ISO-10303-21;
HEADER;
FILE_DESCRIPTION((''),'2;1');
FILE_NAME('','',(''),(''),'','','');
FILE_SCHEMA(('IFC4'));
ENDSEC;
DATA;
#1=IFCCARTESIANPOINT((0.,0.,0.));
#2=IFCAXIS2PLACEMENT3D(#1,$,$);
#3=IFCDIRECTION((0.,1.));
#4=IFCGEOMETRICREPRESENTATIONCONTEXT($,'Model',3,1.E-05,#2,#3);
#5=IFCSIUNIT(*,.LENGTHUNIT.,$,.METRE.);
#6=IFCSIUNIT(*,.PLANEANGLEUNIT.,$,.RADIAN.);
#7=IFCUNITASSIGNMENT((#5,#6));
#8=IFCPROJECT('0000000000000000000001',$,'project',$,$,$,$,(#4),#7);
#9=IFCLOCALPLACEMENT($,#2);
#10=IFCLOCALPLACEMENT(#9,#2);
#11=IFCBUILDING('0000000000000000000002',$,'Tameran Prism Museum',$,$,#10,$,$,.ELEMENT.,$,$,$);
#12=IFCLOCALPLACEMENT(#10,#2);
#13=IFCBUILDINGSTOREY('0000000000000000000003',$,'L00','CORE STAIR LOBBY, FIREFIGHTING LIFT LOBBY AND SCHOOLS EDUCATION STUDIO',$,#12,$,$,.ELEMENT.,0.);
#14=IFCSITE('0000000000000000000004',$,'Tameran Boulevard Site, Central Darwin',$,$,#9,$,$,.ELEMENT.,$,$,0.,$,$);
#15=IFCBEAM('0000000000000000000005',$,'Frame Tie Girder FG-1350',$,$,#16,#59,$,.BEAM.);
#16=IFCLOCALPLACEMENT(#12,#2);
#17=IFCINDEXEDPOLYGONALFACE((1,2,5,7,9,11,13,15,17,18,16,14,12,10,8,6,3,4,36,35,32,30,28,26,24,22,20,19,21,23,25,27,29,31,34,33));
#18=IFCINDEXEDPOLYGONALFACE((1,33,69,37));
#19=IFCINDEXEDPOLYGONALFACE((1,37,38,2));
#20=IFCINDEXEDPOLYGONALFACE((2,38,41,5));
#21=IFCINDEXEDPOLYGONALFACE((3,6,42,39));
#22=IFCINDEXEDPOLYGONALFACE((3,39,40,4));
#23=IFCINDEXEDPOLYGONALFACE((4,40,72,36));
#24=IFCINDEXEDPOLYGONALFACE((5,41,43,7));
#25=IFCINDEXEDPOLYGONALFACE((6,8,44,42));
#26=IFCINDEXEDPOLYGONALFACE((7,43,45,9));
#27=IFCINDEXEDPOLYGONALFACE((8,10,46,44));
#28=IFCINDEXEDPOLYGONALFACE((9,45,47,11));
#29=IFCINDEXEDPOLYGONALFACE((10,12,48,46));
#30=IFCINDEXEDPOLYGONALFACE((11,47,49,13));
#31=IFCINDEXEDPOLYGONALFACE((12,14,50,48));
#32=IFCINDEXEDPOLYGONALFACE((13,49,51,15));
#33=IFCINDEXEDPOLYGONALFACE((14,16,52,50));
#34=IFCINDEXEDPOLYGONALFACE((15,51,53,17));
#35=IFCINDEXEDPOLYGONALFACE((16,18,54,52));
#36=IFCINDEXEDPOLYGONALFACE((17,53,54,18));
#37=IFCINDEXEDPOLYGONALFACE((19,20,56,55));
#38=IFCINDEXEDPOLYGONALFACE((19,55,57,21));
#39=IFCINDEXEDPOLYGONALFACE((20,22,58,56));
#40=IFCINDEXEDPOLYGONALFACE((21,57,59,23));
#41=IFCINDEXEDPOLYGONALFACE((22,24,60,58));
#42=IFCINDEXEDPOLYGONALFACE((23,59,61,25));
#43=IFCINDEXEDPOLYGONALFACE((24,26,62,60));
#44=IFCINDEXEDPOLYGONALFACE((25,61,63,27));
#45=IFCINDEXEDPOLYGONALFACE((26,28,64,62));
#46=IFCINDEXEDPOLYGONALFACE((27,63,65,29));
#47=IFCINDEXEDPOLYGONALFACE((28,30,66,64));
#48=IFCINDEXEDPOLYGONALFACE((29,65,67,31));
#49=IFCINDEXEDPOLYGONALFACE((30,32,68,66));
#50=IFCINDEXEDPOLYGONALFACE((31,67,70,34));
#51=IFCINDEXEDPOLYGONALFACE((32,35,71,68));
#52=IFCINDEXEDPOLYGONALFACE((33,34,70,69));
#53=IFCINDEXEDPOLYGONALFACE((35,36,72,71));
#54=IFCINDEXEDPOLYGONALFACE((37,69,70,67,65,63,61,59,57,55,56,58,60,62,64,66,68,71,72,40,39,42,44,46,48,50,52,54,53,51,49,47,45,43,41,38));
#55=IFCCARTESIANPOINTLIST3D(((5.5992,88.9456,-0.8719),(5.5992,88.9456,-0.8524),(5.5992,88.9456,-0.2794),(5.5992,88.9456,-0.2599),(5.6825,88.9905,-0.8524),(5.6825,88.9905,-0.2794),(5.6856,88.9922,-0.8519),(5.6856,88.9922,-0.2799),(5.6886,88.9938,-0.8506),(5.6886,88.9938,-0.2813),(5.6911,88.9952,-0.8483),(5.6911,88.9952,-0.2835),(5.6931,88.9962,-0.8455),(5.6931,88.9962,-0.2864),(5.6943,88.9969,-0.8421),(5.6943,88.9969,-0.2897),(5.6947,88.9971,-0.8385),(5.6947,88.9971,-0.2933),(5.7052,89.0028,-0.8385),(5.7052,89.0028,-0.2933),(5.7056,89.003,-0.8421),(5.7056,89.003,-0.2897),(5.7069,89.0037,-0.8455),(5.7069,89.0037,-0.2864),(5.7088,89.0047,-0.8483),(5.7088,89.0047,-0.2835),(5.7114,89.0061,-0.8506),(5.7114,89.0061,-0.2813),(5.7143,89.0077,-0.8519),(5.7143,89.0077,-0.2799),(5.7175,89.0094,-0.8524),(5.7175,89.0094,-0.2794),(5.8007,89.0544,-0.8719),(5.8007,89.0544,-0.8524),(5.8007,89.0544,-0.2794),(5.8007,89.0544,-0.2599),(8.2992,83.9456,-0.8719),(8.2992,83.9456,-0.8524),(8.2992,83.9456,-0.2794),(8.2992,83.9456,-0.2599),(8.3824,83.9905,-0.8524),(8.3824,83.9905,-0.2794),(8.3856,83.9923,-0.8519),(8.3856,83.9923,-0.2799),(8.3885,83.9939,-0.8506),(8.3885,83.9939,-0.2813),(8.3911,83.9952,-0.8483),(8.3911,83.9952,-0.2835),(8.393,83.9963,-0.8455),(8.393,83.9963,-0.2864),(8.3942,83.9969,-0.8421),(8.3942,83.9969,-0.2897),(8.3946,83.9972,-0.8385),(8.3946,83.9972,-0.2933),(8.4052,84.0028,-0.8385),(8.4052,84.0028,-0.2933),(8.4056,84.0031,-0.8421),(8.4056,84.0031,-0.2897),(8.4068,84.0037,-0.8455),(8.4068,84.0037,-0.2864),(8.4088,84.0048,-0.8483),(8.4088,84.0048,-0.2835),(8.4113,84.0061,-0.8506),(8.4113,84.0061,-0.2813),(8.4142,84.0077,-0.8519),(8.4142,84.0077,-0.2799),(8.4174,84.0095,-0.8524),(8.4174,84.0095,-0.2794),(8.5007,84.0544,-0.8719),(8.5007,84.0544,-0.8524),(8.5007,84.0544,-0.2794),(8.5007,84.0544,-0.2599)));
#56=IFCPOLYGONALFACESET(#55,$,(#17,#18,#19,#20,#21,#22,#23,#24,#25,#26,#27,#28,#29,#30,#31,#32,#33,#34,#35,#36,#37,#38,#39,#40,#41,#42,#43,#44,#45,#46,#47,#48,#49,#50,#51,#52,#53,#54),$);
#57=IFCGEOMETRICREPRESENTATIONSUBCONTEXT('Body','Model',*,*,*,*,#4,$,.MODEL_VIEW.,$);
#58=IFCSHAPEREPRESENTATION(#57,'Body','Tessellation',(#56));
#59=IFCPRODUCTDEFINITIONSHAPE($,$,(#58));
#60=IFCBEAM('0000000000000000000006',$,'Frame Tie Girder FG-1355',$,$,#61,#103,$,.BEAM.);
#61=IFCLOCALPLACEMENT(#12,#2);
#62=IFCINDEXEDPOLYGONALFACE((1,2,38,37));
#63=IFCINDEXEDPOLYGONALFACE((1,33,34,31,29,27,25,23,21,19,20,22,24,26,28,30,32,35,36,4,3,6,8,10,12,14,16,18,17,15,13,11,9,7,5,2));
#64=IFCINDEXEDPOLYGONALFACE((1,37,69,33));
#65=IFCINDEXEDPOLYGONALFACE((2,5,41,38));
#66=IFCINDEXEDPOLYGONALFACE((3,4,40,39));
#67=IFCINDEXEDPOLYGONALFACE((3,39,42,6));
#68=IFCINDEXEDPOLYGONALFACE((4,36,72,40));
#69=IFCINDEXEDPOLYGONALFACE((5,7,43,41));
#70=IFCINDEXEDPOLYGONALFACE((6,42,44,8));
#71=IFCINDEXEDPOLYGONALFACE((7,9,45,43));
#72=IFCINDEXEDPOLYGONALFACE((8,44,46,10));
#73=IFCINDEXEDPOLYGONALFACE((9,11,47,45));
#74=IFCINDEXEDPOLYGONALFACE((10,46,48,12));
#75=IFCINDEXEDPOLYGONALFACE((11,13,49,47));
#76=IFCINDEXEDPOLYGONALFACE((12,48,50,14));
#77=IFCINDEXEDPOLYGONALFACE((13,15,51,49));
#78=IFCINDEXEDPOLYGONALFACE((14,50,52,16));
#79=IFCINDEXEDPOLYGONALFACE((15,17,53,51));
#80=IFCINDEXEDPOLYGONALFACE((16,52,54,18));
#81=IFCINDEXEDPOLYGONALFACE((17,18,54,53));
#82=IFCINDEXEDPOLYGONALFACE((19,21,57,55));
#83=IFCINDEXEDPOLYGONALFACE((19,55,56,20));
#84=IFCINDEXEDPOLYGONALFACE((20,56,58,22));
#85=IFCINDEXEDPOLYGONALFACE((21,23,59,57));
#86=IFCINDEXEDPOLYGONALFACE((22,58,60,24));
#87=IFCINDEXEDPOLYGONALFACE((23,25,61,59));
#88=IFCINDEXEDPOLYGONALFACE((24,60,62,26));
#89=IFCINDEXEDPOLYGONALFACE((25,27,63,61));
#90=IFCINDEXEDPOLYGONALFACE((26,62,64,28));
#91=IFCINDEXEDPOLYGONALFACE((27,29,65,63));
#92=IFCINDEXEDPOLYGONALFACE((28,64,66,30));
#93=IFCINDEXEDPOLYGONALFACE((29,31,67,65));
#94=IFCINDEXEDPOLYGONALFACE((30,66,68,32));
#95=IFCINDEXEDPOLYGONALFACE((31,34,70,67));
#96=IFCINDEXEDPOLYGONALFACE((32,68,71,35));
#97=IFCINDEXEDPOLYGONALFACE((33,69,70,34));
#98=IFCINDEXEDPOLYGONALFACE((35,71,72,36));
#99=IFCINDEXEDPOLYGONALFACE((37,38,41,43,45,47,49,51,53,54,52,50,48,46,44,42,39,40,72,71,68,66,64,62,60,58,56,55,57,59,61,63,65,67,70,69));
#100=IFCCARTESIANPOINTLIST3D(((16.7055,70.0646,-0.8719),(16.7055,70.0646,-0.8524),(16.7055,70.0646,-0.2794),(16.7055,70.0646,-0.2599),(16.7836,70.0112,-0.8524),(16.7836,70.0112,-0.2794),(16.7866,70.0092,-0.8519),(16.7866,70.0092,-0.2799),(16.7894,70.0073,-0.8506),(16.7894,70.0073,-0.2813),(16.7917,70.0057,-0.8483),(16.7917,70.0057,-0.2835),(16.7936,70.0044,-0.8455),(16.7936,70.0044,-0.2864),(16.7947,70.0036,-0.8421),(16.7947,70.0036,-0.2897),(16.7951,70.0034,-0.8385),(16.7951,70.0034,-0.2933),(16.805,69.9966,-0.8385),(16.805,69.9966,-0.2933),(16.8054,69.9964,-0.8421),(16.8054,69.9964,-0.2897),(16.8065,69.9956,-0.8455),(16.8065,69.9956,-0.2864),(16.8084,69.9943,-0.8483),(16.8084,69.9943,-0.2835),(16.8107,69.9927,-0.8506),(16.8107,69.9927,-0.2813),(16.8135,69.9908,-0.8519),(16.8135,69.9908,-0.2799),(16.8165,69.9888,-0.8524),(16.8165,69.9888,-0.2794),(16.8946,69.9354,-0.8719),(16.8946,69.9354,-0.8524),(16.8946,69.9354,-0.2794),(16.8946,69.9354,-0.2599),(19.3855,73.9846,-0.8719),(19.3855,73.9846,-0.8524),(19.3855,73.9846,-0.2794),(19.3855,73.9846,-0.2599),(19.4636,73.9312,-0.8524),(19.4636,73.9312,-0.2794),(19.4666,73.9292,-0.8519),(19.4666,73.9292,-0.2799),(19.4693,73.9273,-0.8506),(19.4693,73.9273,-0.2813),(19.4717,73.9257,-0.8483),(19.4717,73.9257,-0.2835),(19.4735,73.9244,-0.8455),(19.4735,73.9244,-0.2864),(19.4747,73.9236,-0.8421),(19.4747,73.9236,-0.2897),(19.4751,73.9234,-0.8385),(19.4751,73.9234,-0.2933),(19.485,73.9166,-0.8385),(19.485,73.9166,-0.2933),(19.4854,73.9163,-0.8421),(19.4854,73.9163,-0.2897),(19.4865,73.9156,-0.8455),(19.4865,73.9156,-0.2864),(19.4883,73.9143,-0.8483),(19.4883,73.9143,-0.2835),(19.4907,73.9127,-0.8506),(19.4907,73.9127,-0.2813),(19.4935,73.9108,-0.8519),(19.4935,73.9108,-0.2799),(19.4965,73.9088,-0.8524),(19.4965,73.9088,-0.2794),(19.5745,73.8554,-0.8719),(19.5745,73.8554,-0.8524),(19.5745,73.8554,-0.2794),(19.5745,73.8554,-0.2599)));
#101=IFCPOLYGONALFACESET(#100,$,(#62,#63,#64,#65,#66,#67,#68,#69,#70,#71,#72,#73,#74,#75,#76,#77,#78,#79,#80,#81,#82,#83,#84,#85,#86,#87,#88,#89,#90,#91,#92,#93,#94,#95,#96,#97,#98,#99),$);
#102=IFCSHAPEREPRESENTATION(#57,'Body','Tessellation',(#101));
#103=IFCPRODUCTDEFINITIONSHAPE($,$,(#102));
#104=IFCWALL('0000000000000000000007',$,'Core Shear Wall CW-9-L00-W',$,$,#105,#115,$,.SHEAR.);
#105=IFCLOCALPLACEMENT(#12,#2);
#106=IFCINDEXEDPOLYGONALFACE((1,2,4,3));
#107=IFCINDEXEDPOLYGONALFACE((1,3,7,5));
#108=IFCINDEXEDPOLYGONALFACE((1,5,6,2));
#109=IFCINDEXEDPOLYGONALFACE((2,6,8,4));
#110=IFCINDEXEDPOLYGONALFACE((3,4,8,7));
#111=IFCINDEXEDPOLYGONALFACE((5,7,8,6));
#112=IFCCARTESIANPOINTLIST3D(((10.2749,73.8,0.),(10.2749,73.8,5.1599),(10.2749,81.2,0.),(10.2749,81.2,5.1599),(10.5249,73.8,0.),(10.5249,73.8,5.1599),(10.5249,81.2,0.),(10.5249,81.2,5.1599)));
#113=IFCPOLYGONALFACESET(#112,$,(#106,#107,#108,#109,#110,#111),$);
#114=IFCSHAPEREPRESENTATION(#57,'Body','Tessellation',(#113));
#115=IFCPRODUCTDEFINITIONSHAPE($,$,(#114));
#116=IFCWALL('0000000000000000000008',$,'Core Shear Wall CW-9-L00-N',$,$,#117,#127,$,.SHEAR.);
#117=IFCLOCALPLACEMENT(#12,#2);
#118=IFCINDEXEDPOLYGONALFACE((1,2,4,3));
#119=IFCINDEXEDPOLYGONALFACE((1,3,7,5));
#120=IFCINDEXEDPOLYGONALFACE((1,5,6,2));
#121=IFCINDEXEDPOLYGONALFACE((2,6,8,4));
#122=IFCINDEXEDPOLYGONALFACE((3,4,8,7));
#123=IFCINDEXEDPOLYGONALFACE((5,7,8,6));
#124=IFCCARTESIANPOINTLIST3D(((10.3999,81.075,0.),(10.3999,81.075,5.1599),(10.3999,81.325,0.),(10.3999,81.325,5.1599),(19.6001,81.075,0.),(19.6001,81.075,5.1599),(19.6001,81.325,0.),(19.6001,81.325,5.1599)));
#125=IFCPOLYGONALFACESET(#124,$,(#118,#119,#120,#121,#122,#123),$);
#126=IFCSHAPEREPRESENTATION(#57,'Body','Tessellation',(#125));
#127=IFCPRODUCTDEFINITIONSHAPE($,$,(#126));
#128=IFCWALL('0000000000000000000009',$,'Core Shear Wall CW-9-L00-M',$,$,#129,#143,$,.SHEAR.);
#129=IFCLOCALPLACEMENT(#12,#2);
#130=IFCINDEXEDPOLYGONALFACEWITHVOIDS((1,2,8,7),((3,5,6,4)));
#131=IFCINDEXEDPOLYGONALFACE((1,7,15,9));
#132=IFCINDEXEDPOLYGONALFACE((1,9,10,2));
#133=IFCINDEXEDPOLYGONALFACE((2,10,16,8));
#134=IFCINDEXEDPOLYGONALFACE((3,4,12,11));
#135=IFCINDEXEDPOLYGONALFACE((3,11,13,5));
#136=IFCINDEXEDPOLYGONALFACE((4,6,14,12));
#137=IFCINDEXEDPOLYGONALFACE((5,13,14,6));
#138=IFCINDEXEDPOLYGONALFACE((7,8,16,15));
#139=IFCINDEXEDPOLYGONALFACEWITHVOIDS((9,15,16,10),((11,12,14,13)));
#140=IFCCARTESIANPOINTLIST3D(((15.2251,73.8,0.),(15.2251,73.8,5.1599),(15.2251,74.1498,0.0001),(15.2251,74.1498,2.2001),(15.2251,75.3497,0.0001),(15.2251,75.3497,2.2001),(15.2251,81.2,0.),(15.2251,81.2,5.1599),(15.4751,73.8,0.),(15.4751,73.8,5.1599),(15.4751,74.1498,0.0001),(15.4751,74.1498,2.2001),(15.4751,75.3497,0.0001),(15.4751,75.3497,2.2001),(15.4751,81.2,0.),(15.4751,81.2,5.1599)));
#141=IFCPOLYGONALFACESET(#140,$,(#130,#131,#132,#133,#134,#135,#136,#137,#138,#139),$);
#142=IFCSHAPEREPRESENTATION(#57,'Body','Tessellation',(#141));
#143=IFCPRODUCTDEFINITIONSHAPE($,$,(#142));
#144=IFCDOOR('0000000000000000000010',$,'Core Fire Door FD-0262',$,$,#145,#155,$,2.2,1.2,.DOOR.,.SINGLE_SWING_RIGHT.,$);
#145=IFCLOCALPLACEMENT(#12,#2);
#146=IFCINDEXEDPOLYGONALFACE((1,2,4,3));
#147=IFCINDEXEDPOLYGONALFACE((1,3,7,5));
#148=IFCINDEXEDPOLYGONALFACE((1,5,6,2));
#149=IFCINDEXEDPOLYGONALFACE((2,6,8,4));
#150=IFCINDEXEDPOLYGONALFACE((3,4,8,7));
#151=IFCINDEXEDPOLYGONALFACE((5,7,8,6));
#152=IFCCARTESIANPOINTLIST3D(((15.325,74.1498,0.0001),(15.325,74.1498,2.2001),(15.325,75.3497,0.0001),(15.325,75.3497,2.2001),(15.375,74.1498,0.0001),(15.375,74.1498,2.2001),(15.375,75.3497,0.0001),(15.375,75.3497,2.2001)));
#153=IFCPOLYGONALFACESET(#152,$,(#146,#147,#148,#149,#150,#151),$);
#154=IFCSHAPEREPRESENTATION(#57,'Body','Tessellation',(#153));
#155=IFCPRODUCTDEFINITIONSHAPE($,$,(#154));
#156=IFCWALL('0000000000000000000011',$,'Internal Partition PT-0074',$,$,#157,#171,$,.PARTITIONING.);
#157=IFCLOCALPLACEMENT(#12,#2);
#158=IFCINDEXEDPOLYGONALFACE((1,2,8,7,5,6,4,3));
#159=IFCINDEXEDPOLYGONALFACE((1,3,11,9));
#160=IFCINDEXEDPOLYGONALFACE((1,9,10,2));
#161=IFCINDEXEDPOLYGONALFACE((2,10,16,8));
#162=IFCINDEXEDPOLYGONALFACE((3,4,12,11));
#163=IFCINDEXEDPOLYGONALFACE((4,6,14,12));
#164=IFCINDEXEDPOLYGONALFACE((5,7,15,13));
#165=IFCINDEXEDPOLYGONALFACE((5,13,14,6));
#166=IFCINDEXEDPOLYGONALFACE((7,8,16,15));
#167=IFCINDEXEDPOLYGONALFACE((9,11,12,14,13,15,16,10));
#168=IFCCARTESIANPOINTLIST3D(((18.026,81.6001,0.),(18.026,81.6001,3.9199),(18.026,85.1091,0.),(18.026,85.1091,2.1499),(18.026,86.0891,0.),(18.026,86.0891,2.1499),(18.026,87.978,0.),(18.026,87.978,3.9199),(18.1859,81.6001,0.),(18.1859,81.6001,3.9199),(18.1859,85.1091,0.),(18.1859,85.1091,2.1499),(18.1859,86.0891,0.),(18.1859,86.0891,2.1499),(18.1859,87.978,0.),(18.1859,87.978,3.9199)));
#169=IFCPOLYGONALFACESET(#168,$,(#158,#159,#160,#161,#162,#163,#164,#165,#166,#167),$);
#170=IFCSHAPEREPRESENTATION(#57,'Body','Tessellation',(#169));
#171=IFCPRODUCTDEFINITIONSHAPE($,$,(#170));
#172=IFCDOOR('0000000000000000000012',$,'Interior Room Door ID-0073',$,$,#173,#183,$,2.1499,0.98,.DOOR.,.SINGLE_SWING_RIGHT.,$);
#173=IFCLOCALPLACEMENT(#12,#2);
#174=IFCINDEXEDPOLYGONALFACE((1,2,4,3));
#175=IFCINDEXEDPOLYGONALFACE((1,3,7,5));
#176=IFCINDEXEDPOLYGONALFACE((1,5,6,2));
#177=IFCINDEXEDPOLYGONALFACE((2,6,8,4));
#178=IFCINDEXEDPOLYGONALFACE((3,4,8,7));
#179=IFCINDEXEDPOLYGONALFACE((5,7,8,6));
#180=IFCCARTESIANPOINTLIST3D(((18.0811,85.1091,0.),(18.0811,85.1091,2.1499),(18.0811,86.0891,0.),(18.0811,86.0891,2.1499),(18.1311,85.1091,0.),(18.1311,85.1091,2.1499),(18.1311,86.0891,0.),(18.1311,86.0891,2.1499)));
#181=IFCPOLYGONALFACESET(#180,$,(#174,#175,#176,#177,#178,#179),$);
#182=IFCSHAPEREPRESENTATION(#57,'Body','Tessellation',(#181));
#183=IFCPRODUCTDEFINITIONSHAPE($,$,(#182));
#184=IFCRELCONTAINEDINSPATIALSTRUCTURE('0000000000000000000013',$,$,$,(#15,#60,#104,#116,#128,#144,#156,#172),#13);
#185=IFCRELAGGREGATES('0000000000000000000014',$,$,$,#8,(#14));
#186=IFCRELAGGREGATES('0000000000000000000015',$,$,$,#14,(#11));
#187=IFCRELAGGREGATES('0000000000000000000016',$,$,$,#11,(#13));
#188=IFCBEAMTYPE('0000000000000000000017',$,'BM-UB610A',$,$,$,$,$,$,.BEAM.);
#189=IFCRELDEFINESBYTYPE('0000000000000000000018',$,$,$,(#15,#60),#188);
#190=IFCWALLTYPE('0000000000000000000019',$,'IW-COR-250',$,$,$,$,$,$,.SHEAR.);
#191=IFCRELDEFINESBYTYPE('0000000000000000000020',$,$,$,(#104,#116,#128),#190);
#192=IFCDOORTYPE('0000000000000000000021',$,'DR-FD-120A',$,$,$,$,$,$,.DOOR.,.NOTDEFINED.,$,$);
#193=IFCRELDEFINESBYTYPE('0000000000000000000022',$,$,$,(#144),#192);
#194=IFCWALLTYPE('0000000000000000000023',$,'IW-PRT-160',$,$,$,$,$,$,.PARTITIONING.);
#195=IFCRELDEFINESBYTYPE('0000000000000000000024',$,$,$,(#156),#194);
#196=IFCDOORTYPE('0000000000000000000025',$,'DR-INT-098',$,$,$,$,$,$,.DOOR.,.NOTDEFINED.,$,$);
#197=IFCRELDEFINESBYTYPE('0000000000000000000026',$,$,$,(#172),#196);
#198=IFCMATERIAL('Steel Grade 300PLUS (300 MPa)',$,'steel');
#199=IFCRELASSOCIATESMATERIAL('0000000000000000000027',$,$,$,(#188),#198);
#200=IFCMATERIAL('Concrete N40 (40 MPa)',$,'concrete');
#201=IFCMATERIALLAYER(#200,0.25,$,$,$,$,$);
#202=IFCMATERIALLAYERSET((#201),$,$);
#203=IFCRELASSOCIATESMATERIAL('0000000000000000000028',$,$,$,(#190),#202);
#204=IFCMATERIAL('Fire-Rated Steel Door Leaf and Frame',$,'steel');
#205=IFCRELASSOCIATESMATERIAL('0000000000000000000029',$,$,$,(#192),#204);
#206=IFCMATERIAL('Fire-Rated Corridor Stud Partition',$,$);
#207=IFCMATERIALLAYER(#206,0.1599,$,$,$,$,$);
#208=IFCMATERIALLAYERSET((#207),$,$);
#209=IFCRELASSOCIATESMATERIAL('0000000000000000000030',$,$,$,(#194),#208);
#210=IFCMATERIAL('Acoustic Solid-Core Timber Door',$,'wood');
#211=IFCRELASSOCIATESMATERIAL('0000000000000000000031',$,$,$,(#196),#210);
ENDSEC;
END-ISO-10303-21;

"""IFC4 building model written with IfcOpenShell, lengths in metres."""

from ifc_helpers import new_model, si_unit, direction, frame, frame_2d, origin, origin_2d, place, context, subcontext, project, spatial, rectangle, i_section, extrude, material, layer, layer_set, material_profile, profile_set, type_object, element, fill, save


model = new_model("IFC4")

# Units and contexts
model_context = context("Model", 3, precision=1e-05, world=origin(), true_north=direction((0.0, 1.0)))
body_context = subcontext(model_context, "Body", "Model", "MODEL_VIEW")
ifc_project = project(units=[si_unit("LENGTHUNIT", "METRE"), si_unit("PLANEANGLEUNIT", "RADIAN")], contexts=[model_context])

# Site, building, storey
site_placement = place(None, origin())
site = spatial("IfcSite", under=ifc_project, at=site_placement, Name="Tameran Boulevard Site, Central Darwin", CompositionType="ELEMENT", RefElevation=0.0)
building_placement = place(site_placement, origin())
building = spatial("IfcBuilding", under=site, at=building_placement, Name="Tameran Prism Museum", CompositionType="ELEMENT")
storey_placement = place(building_placement, origin())
storey = spatial("IfcBuildingStorey", under=building, at=storey_placement, Name="L00", Description="CORE STAIR LOBBY, FIREFIGHTING LIFT LOBBY AND SCHOOLS EDUCATION STUDIO", CompositionType="ELEMENT", Elevation=0.0)

# Beams
ifc_material_1 = material(Name="Steel Grade 300PLUS (300 MPa)", Category="steel")
ifc_material_profile_1 = material_profile(ifc_material_1, i_section(OverallWidth=0.229, OverallDepth=0.6121, WebThickness=0.012, FlangeThickness=0.0195, FilletRadius=0.0139, at=origin_2d()))
ifc_profile_set_1 = profile_set([ifc_material_profile_1])
beam_type_1 = type_object("IfcBeamType", Name="BM-UB610A", PredefinedType="BEAM", material=ifc_profile_set_1)
beam_1_placement = place(storey_placement, frame((8.3999, 84.0, -0.5659), z_axis=(-0.475142, 0.879909, 0.0), x_axis=(-0.879909, -0.475142, 0.0)))
element("IfcBeam", 1, at=beam_1_placement, inside=storey, type_object=beam_type_1, Name="Frame Tie Girder FG-1350", PredefinedType="BEAM", context=body_context, shape_type="SweptSolid", body=[
    extrude(i_section(OverallWidth=0.229, OverallDepth=0.6121, WebThickness=0.012, FlangeThickness=0.0195, FilletRadius=0.0139, at=origin_2d()), origin(), (0.0, 0.0, 1.0), 5.6824),
])
beam_2_placement = place(storey_placement, frame((16.8, 70.0, -0.5659), z_axis=(0.56438, 0.825515, 0.0), x_axis=(-0.825515, 0.56438, 0.0)))
element("IfcBeam", 2, at=beam_2_placement, inside=storey, type_object=beam_type_1, Name="Frame Tie Girder FG-1355", PredefinedType="BEAM", context=body_context, shape_type="SweptSolid", body=[
    extrude(i_section(OverallWidth=0.229, OverallDepth=0.6121, WebThickness=0.012, FlangeThickness=0.0195, FilletRadius=0.0139, at=origin_2d()), origin(), (0.0, 0.0, 1.0), 4.7485),
])

# Walls
ifc_material_2 = material(Name="Concrete N40 (40 MPa)", Category="concrete")
ifc_layer_1 = layer(ifc_material_2, 0.25)
ifc_layer_set_1 = layer_set([ifc_layer_1])
wall_type_1 = type_object("IfcWallType", Name="IW-COR-250", PredefinedType="SHEAR", material=ifc_layer_set_1)
wall_1_placement = place(storey_placement, frame((10.3999, 73.8, 0.0), z_axis=(0.0, 0.0, 1.0), x_axis=(0.0, 1.0, 0.0)))
element("IfcWall", 3, at=wall_1_placement, inside=storey, type_object=wall_type_1, Name="Core Shear Wall CW-9-L00-W", PredefinedType="SHEAR", context=body_context, shape_type="SweptSolid", body=[
    extrude(rectangle(XDim=7.3999, YDim=0.25, at=frame_2d((3.7, 0.0))), origin(), (0.0, 0.0, 1.0), 5.1599),
])
wall_2_placement = place(storey_placement, frame((10.3999, 81.2, 0.0), z_axis=(0.0, 0.0, 1.0), x_axis=(1.0, 0.0, 0.0)))
element("IfcWall", 4, at=wall_2_placement, inside=storey, type_object=wall_type_1, Name="Core Shear Wall CW-9-L00-N", PredefinedType="SHEAR", context=body_context, shape_type="SweptSolid", body=[
    extrude(rectangle(XDim=9.2002, YDim=0.25, at=frame_2d((4.6001, 0.0))), origin(), (0.0, 0.0, 1.0), 5.1599),
])

# Walls, openings, doors
wall_3_placement = place(storey_placement, frame((15.3501, 81.2, 0.0), z_axis=(0.0, 0.0, 1.0), x_axis=(0.0, -1.0, 0.0)))
wall_3 = element("IfcWall", 5, at=wall_3_placement, inside=storey, type_object=wall_type_1, Name="Core Shear Wall CW-9-L00-M", PredefinedType="SHEAR", context=body_context, shape_type="SweptSolid", body=[
    extrude(rectangle(XDim=7.3999, YDim=0.25, at=frame_2d((3.7, 0.0))), origin(), (0.0, 0.0, 1.0), 5.1599),
])
opening_1_placement = place(wall_3_placement, frame((5.8501, 0.0, 0.0)))
opening_1 = element("IfcOpeningElement", 6, at=opening_1_placement, cuts=wall_3, PredefinedType="OPENING", context=body_context, shape_type="SweptSolid", body=[
    extrude(rectangle(XDim=1.2, YDim=2.2, at=frame_2d((0.6001, 1.1001))), frame((0.0, 0.135, 0.0), z_axis=(0.0, -1.0, 0.0), x_axis=(1.0, 0.0, 0.0)), (0.0, 0.0, 1.0), 0.27),
])
ifc_material_3 = material(Name="Fire-Rated Steel Door Leaf and Frame", Category="steel")
door_type_1 = type_object("IfcDoorType", Name="DR-FD-120A", OperationType="NOTDEFINED", PredefinedType="DOOR", material=ifc_material_3)
door_1_placement = place(opening_1_placement, origin())
door_1 = element("IfcDoor", 7, at=door_1_placement, inside=storey, type_object=door_type_1, Name="Core Fire Door FD-0262", OperationType="SINGLE_SWING_RIGHT", OverallHeight=2.2, OverallWidth=1.2, PredefinedType="DOOR", context=body_context, shape_type="SweptSolid", body=[
    extrude(rectangle(XDim=1.2, YDim=2.2, at=frame_2d((0.6001, 1.1001))), frame((0.0, 0.0249, 0.0), z_axis=(0.0, -1.0, 0.0), x_axis=(1.0, 0.0, 0.0)), (0.0, 0.0, 1.0), 0.05),
])
fill(opening_1, door_1)
ifc_material_4 = material(Name="Fire-Rated Corridor Stud Partition")
ifc_layer_2 = layer(ifc_material_4, 0.1599)
ifc_layer_set_2 = layer_set([ifc_layer_2])
wall_type_2 = type_object("IfcWallType", Name="IW-PRT-160", PredefinedType="PARTITIONING", material=ifc_layer_set_2)
wall_4_placement = place(storey_placement, frame((18.106, 81.6001, 0.0), z_axis=(0.0, 0.0, 1.0), x_axis=(0.0, 1.0, 0.0)))
wall_4 = element("IfcWall", 8, at=wall_4_placement, inside=storey, type_object=wall_type_2, Name="Internal Partition PT-0074", PredefinedType="PARTITIONING", context=body_context, shape_type="SweptSolid", body=[
    extrude(rectangle(XDim=6.3779, YDim=0.1599, at=frame_2d((3.189, 0.0))), origin(), (0.0, 0.0, 1.0), 3.9199),
])
opening_2_placement = place(wall_4_placement, frame((3.509, 0.0, 0.0)))
opening_2 = element("IfcOpeningElement", 9, at=opening_2_placement, cuts=wall_4, PredefinedType="OPENING", context=body_context, shape_type="SweptSolid", body=[
    extrude(rectangle(XDim=0.98, YDim=2.1499, at=frame_2d((0.49, 1.075))), frame((0.0, 0.0898, 0.0), z_axis=(0.0, -1.0, 0.0), x_axis=(1.0, 0.0, 0.0)), (0.0, 0.0, 1.0), 0.1799),
])
ifc_material_5 = material(Name="Acoustic Solid-Core Timber Door", Category="wood")
door_type_2 = type_object("IfcDoorType", Name="DR-INT-098", OperationType="NOTDEFINED", PredefinedType="DOOR", material=ifc_material_5)
door_2_placement = place(opening_2_placement, origin())
door_2 = element("IfcDoor", 10, at=door_2_placement, inside=storey, type_object=door_type_2, Name="Interior Room Door ID-0073", OperationType="SINGLE_SWING_RIGHT", OverallHeight=2.1499, OverallWidth=0.98, PredefinedType="DOOR", context=body_context, shape_type="SweptSolid", body=[
    extrude(rectangle(XDim=0.98, YDim=2.1499, at=frame_2d((0.49, 1.075))), frame((0.0, 0.0249, 0.0), z_axis=(0.0, -1.0, 0.0), x_axis=(1.0, 0.0, 0.0)), (0.0, 0.0, 1.0), 0.05),
])
fill(opening_2, door_2)

save(model, "model.ifc")
